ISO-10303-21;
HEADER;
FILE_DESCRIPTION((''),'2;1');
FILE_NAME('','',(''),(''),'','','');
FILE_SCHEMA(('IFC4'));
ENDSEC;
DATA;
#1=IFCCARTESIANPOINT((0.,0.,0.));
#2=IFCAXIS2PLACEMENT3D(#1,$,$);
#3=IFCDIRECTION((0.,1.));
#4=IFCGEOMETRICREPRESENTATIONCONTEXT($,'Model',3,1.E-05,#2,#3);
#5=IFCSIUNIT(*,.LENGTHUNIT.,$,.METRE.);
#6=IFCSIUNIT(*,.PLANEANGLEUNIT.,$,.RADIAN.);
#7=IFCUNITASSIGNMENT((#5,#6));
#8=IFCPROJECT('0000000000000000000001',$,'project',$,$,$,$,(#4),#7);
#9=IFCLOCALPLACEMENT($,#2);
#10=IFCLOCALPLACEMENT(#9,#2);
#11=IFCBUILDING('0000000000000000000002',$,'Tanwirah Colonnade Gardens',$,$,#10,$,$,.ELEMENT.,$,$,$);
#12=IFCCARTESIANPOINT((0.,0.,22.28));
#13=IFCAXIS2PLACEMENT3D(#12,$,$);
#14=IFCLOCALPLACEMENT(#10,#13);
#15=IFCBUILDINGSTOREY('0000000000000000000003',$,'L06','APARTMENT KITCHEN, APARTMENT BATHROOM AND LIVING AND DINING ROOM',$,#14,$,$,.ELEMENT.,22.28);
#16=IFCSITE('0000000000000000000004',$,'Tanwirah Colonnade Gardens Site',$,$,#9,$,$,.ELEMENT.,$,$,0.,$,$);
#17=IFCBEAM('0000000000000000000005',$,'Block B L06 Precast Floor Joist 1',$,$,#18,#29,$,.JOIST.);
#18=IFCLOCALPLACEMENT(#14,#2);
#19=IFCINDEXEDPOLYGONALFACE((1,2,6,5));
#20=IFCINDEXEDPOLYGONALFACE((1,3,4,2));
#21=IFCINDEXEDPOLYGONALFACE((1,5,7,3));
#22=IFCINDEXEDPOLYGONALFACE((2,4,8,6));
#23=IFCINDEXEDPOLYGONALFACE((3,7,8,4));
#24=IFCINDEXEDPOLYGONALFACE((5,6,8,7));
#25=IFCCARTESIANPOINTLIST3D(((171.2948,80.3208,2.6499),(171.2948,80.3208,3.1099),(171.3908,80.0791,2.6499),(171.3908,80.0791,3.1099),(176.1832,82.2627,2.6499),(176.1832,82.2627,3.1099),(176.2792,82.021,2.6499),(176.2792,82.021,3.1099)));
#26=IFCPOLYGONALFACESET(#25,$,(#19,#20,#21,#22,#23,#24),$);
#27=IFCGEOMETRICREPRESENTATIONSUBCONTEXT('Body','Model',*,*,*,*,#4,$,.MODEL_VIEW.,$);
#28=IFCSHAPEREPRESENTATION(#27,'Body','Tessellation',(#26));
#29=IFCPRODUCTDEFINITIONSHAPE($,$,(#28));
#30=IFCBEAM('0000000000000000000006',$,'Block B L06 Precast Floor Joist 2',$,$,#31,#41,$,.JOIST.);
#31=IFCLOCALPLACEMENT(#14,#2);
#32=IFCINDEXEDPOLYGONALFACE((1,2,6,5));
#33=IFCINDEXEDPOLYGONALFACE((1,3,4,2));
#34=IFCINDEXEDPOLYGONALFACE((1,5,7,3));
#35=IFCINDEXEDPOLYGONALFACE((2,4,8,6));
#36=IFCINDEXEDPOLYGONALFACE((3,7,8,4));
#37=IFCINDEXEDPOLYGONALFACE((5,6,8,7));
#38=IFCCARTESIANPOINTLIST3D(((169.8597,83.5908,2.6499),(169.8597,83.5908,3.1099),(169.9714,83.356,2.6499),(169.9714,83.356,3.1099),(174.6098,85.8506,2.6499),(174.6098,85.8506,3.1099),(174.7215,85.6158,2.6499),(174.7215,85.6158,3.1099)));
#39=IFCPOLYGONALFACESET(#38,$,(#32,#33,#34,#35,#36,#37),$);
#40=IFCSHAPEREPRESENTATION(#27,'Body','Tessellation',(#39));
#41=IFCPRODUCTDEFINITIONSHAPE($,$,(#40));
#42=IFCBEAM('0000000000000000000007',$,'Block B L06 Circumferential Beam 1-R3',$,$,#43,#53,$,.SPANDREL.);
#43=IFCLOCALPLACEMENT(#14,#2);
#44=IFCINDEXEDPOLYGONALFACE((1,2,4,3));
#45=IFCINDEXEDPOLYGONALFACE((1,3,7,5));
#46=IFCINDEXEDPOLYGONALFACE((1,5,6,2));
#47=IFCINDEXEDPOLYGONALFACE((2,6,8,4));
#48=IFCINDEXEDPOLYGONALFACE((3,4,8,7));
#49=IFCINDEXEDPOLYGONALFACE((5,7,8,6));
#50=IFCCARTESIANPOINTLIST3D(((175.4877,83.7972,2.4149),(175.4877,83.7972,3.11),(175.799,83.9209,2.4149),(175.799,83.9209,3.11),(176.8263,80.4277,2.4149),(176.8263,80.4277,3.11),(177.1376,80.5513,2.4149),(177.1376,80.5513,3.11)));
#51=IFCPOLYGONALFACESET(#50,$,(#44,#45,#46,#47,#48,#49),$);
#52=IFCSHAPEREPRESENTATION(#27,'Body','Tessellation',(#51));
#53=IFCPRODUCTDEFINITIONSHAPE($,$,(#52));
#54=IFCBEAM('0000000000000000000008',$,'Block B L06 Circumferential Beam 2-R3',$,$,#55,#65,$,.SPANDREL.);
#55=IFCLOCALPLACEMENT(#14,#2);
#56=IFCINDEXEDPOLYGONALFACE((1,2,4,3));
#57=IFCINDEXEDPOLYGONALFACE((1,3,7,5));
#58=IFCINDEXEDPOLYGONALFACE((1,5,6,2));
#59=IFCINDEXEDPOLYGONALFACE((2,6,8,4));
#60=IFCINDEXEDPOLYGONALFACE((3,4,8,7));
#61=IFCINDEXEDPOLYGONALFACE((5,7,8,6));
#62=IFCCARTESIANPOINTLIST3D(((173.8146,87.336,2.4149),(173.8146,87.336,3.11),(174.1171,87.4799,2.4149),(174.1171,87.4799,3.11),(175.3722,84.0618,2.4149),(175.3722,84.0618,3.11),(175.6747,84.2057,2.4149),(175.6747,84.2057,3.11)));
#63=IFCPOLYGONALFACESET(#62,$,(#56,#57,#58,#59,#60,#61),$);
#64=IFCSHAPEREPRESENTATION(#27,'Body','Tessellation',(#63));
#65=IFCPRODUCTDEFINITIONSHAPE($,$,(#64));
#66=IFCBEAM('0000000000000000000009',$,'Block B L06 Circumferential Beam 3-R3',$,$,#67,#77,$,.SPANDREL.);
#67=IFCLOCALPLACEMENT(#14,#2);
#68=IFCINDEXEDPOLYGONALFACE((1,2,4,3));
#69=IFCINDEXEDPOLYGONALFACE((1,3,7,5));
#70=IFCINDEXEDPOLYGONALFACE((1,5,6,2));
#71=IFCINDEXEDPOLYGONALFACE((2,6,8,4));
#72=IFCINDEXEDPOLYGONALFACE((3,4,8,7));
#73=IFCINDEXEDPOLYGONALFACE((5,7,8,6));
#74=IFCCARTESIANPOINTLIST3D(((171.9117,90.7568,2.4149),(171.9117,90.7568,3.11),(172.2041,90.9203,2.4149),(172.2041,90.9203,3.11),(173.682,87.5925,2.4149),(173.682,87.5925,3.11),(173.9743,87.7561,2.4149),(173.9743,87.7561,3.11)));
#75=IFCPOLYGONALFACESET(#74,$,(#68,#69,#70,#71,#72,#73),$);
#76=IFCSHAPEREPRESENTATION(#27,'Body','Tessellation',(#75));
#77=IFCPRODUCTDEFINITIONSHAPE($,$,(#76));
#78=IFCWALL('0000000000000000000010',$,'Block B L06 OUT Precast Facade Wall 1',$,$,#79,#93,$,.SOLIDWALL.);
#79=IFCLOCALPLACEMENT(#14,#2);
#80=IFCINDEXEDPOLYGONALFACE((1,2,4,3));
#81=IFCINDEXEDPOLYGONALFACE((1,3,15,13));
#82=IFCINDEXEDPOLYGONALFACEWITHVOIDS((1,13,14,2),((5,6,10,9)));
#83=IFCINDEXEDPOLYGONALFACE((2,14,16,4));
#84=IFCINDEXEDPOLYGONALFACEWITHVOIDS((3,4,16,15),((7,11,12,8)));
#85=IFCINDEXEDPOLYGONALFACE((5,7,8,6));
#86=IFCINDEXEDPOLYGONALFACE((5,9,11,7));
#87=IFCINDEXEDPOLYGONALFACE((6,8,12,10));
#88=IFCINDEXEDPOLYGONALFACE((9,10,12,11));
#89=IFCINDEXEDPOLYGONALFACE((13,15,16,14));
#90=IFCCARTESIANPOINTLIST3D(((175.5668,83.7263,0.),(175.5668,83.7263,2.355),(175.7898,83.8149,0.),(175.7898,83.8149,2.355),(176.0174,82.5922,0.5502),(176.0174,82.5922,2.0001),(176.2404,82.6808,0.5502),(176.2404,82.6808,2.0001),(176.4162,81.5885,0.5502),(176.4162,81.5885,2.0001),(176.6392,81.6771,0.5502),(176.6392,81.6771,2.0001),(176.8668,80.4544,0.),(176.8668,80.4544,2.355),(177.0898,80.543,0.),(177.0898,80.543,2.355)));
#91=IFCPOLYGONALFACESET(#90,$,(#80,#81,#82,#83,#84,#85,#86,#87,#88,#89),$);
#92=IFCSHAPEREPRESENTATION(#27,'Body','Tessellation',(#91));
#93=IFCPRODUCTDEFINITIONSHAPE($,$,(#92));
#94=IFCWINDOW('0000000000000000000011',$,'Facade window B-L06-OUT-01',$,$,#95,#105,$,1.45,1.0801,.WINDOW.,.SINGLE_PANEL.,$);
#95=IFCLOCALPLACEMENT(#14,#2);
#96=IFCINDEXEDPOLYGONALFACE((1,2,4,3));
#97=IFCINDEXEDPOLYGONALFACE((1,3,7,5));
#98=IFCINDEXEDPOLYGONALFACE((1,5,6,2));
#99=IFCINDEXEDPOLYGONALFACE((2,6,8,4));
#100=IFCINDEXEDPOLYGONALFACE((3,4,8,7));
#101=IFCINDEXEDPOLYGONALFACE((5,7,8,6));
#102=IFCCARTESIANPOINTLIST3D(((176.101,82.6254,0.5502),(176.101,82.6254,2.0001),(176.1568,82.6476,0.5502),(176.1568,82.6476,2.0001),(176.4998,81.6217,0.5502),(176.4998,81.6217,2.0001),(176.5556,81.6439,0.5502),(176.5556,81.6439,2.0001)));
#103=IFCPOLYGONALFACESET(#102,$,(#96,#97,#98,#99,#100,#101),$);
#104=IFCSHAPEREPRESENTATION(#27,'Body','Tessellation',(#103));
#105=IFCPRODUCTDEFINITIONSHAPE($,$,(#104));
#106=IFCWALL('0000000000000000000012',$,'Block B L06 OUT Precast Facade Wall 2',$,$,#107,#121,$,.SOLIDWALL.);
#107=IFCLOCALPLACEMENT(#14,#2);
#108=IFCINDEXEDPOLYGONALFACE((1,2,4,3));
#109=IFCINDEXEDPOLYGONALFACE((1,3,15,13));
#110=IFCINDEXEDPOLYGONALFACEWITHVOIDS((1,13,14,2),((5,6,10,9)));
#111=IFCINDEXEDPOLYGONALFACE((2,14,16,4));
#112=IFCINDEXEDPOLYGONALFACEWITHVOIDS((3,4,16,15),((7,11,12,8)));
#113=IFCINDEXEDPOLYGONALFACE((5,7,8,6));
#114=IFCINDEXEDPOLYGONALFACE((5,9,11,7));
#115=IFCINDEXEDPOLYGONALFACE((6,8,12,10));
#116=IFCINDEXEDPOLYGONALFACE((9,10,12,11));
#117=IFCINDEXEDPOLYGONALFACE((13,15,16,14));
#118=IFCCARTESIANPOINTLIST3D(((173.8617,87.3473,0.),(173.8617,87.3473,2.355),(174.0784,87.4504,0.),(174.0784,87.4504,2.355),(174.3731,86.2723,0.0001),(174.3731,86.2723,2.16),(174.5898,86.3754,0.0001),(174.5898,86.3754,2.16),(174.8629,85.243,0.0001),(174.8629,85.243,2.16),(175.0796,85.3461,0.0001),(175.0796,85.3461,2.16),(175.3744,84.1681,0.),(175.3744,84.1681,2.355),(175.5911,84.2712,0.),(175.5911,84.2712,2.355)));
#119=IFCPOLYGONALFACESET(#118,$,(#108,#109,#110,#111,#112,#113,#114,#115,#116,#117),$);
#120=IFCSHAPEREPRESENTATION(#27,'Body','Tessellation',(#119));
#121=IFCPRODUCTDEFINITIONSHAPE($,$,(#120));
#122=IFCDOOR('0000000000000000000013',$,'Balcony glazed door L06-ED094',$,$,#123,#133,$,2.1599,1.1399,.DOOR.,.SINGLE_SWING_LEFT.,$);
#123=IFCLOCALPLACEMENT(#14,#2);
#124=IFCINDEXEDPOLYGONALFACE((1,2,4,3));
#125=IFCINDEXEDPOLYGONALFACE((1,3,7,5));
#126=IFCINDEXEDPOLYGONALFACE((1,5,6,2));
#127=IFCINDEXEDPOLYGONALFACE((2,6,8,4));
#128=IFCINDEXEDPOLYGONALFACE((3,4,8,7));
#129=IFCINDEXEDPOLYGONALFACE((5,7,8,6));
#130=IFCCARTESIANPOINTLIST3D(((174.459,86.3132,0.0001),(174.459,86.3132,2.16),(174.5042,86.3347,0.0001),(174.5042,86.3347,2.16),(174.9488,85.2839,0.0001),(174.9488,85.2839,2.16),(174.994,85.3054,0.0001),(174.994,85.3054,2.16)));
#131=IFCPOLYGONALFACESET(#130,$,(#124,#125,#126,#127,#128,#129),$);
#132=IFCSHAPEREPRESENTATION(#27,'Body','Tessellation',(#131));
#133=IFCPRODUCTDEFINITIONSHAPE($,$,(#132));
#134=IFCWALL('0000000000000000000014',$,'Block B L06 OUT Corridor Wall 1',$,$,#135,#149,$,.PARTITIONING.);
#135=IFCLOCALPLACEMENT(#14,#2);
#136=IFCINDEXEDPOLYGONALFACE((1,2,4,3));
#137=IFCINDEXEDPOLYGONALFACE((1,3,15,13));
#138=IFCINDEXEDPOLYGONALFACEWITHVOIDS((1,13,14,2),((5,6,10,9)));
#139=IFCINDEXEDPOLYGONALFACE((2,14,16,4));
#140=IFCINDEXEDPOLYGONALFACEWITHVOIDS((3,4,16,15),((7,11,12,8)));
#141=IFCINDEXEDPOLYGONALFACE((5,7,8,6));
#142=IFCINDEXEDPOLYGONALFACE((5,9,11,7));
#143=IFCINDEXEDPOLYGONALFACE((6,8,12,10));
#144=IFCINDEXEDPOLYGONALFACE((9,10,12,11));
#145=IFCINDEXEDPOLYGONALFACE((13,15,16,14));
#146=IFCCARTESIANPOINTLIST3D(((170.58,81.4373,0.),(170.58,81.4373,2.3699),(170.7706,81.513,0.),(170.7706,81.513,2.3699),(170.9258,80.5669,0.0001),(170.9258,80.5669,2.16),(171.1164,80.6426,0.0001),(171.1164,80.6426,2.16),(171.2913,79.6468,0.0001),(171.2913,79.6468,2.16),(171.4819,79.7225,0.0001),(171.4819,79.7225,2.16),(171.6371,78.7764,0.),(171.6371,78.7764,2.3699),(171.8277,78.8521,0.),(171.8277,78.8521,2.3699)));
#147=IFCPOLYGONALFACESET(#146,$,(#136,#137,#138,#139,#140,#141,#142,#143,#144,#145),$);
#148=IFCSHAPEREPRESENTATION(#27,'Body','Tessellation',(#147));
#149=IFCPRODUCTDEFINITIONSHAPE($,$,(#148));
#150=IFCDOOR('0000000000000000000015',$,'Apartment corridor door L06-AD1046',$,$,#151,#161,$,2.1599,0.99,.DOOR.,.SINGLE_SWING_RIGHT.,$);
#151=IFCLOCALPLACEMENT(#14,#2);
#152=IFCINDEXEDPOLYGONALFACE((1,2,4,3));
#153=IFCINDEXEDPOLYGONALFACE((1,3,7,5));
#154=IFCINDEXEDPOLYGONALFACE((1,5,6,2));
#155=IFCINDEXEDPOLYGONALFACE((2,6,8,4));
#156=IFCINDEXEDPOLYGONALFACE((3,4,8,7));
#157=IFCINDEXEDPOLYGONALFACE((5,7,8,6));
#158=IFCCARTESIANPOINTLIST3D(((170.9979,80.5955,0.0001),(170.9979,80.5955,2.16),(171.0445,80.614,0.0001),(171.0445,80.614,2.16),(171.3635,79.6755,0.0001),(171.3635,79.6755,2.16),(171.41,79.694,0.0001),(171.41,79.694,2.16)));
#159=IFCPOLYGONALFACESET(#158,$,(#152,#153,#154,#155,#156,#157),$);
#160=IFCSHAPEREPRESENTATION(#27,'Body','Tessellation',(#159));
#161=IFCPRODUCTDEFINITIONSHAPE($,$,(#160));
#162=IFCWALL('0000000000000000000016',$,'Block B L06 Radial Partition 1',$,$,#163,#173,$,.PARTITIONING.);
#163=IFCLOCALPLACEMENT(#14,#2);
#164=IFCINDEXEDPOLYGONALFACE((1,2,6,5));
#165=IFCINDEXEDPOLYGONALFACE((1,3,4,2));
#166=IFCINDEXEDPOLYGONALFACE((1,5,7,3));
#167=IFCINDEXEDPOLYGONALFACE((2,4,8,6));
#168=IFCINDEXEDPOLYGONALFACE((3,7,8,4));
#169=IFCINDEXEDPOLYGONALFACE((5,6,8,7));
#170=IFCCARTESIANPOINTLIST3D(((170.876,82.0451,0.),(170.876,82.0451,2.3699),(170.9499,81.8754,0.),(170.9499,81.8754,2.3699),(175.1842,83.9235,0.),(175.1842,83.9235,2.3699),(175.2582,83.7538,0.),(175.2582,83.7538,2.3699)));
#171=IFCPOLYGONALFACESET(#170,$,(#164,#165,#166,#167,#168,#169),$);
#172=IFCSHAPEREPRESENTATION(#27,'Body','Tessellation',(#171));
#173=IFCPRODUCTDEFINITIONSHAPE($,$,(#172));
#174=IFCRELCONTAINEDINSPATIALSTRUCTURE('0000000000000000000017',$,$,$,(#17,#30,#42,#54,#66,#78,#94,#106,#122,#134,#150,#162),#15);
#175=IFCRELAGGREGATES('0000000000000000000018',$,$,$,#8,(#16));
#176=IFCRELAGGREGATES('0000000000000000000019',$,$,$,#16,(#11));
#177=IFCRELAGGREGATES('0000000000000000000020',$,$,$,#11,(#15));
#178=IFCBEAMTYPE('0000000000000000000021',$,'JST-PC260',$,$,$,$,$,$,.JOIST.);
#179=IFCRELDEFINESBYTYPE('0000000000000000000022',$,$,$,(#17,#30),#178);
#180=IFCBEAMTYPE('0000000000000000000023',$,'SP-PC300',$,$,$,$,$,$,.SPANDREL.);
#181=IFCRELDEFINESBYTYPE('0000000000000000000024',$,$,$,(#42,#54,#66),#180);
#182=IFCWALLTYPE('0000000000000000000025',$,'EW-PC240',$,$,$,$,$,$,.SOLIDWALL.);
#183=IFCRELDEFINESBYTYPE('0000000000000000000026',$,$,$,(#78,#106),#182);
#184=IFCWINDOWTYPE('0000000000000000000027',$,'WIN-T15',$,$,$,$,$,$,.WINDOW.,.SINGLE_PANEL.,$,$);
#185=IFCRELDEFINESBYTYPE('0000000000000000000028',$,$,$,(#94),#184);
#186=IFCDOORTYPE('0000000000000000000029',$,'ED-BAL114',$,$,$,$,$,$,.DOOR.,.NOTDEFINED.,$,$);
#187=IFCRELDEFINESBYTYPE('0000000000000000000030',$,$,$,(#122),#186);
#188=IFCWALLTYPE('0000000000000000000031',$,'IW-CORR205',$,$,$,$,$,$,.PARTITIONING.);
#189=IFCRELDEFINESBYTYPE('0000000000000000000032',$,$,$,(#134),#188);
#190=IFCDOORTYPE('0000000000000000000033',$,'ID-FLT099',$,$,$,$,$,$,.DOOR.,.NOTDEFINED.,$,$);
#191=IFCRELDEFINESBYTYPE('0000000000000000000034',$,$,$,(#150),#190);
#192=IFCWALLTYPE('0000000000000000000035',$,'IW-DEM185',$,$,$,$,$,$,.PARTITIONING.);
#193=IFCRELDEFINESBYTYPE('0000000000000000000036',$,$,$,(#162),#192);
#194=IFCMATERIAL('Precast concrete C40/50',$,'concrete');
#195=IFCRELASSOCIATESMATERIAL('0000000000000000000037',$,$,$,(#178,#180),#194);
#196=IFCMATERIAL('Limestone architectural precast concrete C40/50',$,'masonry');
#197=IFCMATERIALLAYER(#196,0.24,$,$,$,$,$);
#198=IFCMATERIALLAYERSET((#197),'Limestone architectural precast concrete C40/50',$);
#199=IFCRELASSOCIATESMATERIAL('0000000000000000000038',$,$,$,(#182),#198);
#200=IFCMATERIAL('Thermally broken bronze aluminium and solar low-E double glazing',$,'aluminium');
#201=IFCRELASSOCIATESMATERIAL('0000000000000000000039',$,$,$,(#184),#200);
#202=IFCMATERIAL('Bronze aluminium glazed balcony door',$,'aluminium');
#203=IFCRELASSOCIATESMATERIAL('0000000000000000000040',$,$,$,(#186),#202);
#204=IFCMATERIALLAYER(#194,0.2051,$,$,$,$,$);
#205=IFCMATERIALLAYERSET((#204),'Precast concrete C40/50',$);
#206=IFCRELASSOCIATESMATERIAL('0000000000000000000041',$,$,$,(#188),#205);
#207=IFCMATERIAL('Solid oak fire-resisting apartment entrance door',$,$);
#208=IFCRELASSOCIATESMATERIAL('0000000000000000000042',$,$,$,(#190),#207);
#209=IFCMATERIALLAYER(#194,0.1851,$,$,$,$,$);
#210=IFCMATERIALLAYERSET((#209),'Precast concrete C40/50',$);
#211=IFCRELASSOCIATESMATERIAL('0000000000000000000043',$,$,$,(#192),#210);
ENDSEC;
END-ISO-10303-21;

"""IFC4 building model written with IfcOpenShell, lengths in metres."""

from ifc_helpers import new_model, si_unit, direction, frame, frame_2d, origin, origin_2d, place, context, subcontext, project, spatial, rectangle, extrude, material, layer, layer_set, material_profile, profile_set, type_object, element, fill, save


model = new_model("IFC4")

# Units and contexts
model_context = context("Model", 3, precision=1e-05, world=origin(), true_north=direction((0.0, 1.0)))
body_context = subcontext(model_context, "Body", "Model", "MODEL_VIEW")
ifc_project = project(units=[si_unit("LENGTHUNIT", "METRE"), si_unit("PLANEANGLEUNIT", "RADIAN")], contexts=[model_context])

# Site, building, storey
site_placement = place(None, origin())
site = spatial("IfcSite", under=ifc_project, at=site_placement, Name="Tanwirah Colonnade Gardens Site", CompositionType="ELEMENT", RefElevation=0.0)
building_placement = place(site_placement, origin())
building = spatial("IfcBuilding", under=site, at=building_placement, Name="Tanwirah Colonnade Gardens", CompositionType="ELEMENT")
storey_placement = place(building_placement, frame((0.0, 0.0, 22.28)))
storey = spatial("IfcBuildingStorey", under=building, at=storey_placement, Name="L06", Description="APARTMENT KITCHEN, APARTMENT BATHROOM AND LIVING AND DINING ROOM", CompositionType="ELEMENT", Elevation=22.28)

# Shared definitions
ifc_material_1 = material(Name="Precast concrete C40/50", Category="concrete")

# Beams
ifc_material_profile_1 = material_profile(ifc_material_1, rectangle(XDim=0.26, YDim=0.46, at=origin_2d()), Name="PC-JST 260x460")
ifc_profile_set_1 = profile_set([ifc_material_profile_1], Name="Precast concrete C40/50")
beam_type_1 = type_object("IfcBeamType", Name="JST-PC260", PredefinedType="JOIST", material=ifc_profile_set_1)
beam_1_placement = place(storey_placement, frame((171.3428, 80.2, 2.8799), z_axis=(0.929358, 0.369181, 0.0), x_axis=(-0.369181, 0.929358, 0.0)))
element("IfcBeam", 1, at=beam_1_placement, inside=storey, type_object=beam_type_1, Name="Block B L06 Precast Floor Joist 1", PredefinedType="JOIST", context=body_context, shape_type="SweptSolid", body=[
    extrude(rectangle(XDim=0.26, YDim=0.46, at=origin_2d()), origin(), (0.0, 0.0, 1.0), 5.26),
])
beam_2_placement = place(storey_placement, frame((169.9155, 83.4734, 2.8799), z_axis=(0.903018, 0.429602, 0.0), x_axis=(-0.429602, 0.903018, 0.0)))
element("IfcBeam", 2, at=beam_2_placement, inside=storey, type_object=beam_type_1, Name="Block B L06 Precast Floor Joist 2", PredefinedType="JOIST", context=body_context, shape_type="SweptSolid", body=[
    extrude(rectangle(XDim=0.26, YDim=0.46, at=origin_2d()), origin(), (0.0, 0.0, 1.0), 5.2603),
])
ifc_material_profile_2 = material_profile(ifc_material_1, rectangle(XDim=0.335, YDim=0.6951, at=origin_2d()), Name="PC-SP 335x695")
ifc_profile_set_2 = profile_set([ifc_material_profile_2], Name="Precast concrete C40/50")
beam_type_2 = type_object("IfcBeamType", Name="SP-PC300", PredefinedType="SPANDREL", material=ifc_profile_set_2)
for number, where, z_axis, x_axis, name in (
    (3, (176.9819, 80.4895, 2.7625), (-0.369195, 0.929352, 0.0), (-0.929352, -0.369195, 0.0), "Block B L06 Circumferential Beam 1-R3"),
    (4, (175.5234, 84.1338, 2.7625), (-0.429594, 0.903022, 0.0), (-0.903022, -0.429594, 0.0), "Block B L06 Circumferential Beam 2-R3"),
    (5, (173.8281, 87.6743, 2.7625), (-0.488236, 0.872711, 0.0), (-0.872711, -0.488236, 0.0), "Block B L06 Circumferential Beam 3-R3"),
):
    element("IfcBeam", number, at=place(storey_placement, frame(where, z_axis=z_axis, x_axis=x_axis)), inside=storey, type_object=beam_type_2, Name=name, PredefinedType="SPANDREL", context=body_context, shape_type="SweptSolid", body=[
        extrude(rectangle(XDim=0.335, YDim=0.6951, at=origin_2d()), origin(), (0.0, 0.0, 1.0), 3.6257),
    ])

# Wall, opening, window
ifc_material_2 = material(Name="Limestone architectural precast concrete C40/50", Category="masonry")
ifc_layer_1 = layer(ifc_material_2, 0.24)
ifc_layer_set_1 = layer_set([ifc_layer_1], Name="Limestone architectural precast concrete C40/50")
wall_type_1 = type_object("IfcWallType", Name="EW-PC240", PredefinedType="SOLIDWALL", material=ifc_layer_set_1)
wall_1_placement = place(storey_placement, frame((176.9783, 80.4988, 0.0), z_axis=(0.0, 0.0, 1.0), x_axis=(-0.36925, 0.92933, 0.0)))
wall_1 = element("IfcWall", 6, at=wall_1_placement, inside=storey, type_object=wall_type_1, Name="Block B L06 OUT Precast Facade Wall 1", PredefinedType="SOLIDWALL", context=body_context, shape_type="SweptSolid", body=[
    extrude(rectangle(XDim=3.5208, YDim=0.24, at=frame_2d((1.7603, 0.0))), origin(), (0.0, 0.0, 1.0), 2.355),
])
opening_1_placement = place(wall_1_placement, frame((1.2202, 0.0, 0.55)))
opening_1 = element("IfcOpeningElement", 7, at=opening_1_placement, cuts=wall_1, PredefinedType="OPENING", context=body_context, shape_type="SweptSolid", body=[
    extrude(rectangle(XDim=1.0801, YDim=1.45, at=frame_2d((0.54, 0.7251))), frame((0.0, 0.1299, 0.0), z_axis=(0.0, -1.0, 0.0), x_axis=(1.0, 0.0, 0.0)), (0.0, 0.0, 1.0), 0.26),
])
ifc_material_3 = material(Name="Thermally broken bronze aluminium and solar low-E double glazing", Category="aluminium")
window_type = type_object("IfcWindowType", Name="WIN-T15", PartitioningType="SINGLE_PANEL", PredefinedType="WINDOW", material=ifc_material_3)
window_placement = place(opening_1_placement, origin())
window = element("IfcWindow", 8, at=window_placement, inside=storey, type_object=window_type, Name="Facade window B-L06-OUT-01", OverallHeight=1.45, OverallWidth=1.0801, PartitioningType="SINGLE_PANEL", PredefinedType="WINDOW", context=body_context, shape_type="SweptSolid", body=[
    extrude(rectangle(XDim=1.0801, YDim=1.45, at=frame_2d((0.54, 0.7251))), frame((0.0, 0.03, 0.0), z_axis=(0.0, -1.0, 0.0), x_axis=(1.0, 0.0, 0.0)), (0.0, 0.0, 1.0), 0.0601),
])
fill(opening_1, window)

# Walls, openings, doors
wall_2_placement = place(storey_placement, frame((175.4827, 84.2197, 0.0), z_axis=(0.0, 0.0, 1.0), x_axis=(-0.429654, 0.902994, 0.0)))
wall_2 = element("IfcWall", 9, at=wall_2_placement, inside=storey, type_object=wall_type_1, Name="Block B L06 OUT Precast Facade Wall 2", PredefinedType="SOLIDWALL", context=body_context, shape_type="SweptSolid", body=[
    extrude(rectangle(XDim=3.5208, YDim=0.24, at=frame_2d((1.7603, 0.0))), origin(), (0.0, 0.0, 1.0), 2.355),
])
opening_2_placement = place(wall_2_placement, frame((1.1904, 0.0, 0.0)))
opening_2 = element("IfcOpeningElement", 10, at=opening_2_placement, cuts=wall_2, PredefinedType="OPENING", context=body_context, shape_type="SweptSolid", body=[
    extrude(rectangle(XDim=1.1399, YDim=2.1599, at=frame_2d((0.5698, 1.0801))), frame((0.0, 0.1299, 0.0), z_axis=(0.0, -1.0, 0.0), x_axis=(1.0, 0.0, 0.0)), (0.0, 0.0, 1.0), 0.26),
])
ifc_material_4 = material(Name="Bronze aluminium glazed balcony door", Category="aluminium")
door_type_1 = type_object("IfcDoorType", Name="ED-BAL114", OperationType="NOTDEFINED", PredefinedType="DOOR", material=ifc_material_4)
door_1_placement = place(opening_2_placement, origin())
door_1 = element("IfcDoor", 11, at=door_1_placement, inside=storey, type_object=door_type_1, Name="Balcony glazed door L06-ED094", OperationType="SINGLE_SWING_LEFT", OverallHeight=2.1599, OverallWidth=1.1399, PredefinedType="DOOR", context=body_context, shape_type="SweptSolid", body=[
    extrude(rectangle(XDim=1.1399, YDim=2.1599, at=frame_2d((0.5698, 1.0801))), frame((0.0, 0.0249, 0.0), z_axis=(0.0, -1.0, 0.0), x_axis=(1.0, 0.0, 0.0)), (0.0, 0.0, 1.0), 0.05),
])
fill(opening_2, door_1)
ifc_layer_2 = layer(ifc_material_1, 0.2051)
ifc_layer_set_2 = layer_set([ifc_layer_2], Name="Precast concrete C40/50")
wall_type_2 = type_object("IfcWallType", Name="IW-CORR205", PredefinedType="PARTITIONING", material=ifc_layer_set_2)
wall_3_placement = place(storey_placement, frame((171.7324, 78.8142, 0.0), z_axis=(0.0, 0.0, 1.0), x_axis=(-0.369214, 0.929344, 0.0)))
wall_3 = element("IfcWall", 12, at=wall_3_placement, inside=storey, type_object=wall_type_2, Name="Block B L06 OUT Corridor Wall 1", PredefinedType="PARTITIONING", context=body_context, shape_type="SweptSolid", body=[
    extrude(rectangle(XDim=2.8633, YDim=0.2051, at=frame_2d((1.4316, 0.0))), origin(), (0.0, 0.0, 1.0), 2.3699),
])
opening_3_placement = place(wall_3_placement, frame((0.9365, 0.0, 0.0)))
opening_3 = element("IfcOpeningElement", 13, at=opening_3_placement, cuts=wall_3, PredefinedType="OPENING", context=body_context, shape_type="SweptSolid", body=[
    extrude(rectangle(XDim=0.99, YDim=2.1599, at=frame_2d((0.4951, 1.0801))), frame((0.0, 0.1125, 0.0), z_axis=(0.0, -1.0, 0.0), x_axis=(1.0, 0.0, 0.0)), (0.0, 0.0, 1.0), 0.2251),
])
ifc_material_5 = material(Name="Solid oak fire-resisting apartment entrance door")
door_type_2 = type_object("IfcDoorType", Name="ID-FLT099", OperationType="NOTDEFINED", PredefinedType="DOOR", material=ifc_material_5)
door_2_placement = place(opening_3_placement, origin())
door_2 = element("IfcDoor", 14, at=door_2_placement, inside=storey, type_object=door_type_2, Name="Apartment corridor door L06-AD1046", OperationType="SINGLE_SWING_RIGHT", OverallHeight=2.1599, OverallWidth=0.99, PredefinedType="DOOR", context=body_context, shape_type="SweptSolid", body=[
    extrude(rectangle(XDim=0.99, YDim=2.1599, at=frame_2d((0.4951, 1.0801))), frame((0.0, 0.0249, 0.0), z_axis=(0.0, -1.0, 0.0), x_axis=(1.0, 0.0, 0.0)), (0.0, 0.0, 1.0), 0.05),
])
fill(opening_3, door_2)

# Wall
ifc_layer_3 = layer(ifc_material_1, 0.1851)
ifc_layer_set_3 = layer_set([ifc_layer_3], Name="Precast concrete C40/50")
wall_type_3 = type_object("IfcWallType", Name="IW-DEM185", PredefinedType="PARTITIONING", material=ifc_layer_set_3)
wall_4_placement = place(storey_placement, frame((170.9128, 81.9602, 0.0), z_axis=(0.0, 0.0, 1.0), x_axis=(0.916663, 0.39966, 0.0)))
element("IfcWall", 15, at=wall_4_placement, inside=storey, type_object=wall_type_3, Name="Block B L06 Radial Partition 1", PredefinedType="PARTITIONING", context=body_context, shape_type="SweptSolid", body=[
    extrude(rectangle(XDim=4.7, YDim=0.1851, at=frame_2d((2.3501, 0.0))), origin(), (0.0, 0.0, 1.0), 2.3699),
])

save(model, "model.ifc")
